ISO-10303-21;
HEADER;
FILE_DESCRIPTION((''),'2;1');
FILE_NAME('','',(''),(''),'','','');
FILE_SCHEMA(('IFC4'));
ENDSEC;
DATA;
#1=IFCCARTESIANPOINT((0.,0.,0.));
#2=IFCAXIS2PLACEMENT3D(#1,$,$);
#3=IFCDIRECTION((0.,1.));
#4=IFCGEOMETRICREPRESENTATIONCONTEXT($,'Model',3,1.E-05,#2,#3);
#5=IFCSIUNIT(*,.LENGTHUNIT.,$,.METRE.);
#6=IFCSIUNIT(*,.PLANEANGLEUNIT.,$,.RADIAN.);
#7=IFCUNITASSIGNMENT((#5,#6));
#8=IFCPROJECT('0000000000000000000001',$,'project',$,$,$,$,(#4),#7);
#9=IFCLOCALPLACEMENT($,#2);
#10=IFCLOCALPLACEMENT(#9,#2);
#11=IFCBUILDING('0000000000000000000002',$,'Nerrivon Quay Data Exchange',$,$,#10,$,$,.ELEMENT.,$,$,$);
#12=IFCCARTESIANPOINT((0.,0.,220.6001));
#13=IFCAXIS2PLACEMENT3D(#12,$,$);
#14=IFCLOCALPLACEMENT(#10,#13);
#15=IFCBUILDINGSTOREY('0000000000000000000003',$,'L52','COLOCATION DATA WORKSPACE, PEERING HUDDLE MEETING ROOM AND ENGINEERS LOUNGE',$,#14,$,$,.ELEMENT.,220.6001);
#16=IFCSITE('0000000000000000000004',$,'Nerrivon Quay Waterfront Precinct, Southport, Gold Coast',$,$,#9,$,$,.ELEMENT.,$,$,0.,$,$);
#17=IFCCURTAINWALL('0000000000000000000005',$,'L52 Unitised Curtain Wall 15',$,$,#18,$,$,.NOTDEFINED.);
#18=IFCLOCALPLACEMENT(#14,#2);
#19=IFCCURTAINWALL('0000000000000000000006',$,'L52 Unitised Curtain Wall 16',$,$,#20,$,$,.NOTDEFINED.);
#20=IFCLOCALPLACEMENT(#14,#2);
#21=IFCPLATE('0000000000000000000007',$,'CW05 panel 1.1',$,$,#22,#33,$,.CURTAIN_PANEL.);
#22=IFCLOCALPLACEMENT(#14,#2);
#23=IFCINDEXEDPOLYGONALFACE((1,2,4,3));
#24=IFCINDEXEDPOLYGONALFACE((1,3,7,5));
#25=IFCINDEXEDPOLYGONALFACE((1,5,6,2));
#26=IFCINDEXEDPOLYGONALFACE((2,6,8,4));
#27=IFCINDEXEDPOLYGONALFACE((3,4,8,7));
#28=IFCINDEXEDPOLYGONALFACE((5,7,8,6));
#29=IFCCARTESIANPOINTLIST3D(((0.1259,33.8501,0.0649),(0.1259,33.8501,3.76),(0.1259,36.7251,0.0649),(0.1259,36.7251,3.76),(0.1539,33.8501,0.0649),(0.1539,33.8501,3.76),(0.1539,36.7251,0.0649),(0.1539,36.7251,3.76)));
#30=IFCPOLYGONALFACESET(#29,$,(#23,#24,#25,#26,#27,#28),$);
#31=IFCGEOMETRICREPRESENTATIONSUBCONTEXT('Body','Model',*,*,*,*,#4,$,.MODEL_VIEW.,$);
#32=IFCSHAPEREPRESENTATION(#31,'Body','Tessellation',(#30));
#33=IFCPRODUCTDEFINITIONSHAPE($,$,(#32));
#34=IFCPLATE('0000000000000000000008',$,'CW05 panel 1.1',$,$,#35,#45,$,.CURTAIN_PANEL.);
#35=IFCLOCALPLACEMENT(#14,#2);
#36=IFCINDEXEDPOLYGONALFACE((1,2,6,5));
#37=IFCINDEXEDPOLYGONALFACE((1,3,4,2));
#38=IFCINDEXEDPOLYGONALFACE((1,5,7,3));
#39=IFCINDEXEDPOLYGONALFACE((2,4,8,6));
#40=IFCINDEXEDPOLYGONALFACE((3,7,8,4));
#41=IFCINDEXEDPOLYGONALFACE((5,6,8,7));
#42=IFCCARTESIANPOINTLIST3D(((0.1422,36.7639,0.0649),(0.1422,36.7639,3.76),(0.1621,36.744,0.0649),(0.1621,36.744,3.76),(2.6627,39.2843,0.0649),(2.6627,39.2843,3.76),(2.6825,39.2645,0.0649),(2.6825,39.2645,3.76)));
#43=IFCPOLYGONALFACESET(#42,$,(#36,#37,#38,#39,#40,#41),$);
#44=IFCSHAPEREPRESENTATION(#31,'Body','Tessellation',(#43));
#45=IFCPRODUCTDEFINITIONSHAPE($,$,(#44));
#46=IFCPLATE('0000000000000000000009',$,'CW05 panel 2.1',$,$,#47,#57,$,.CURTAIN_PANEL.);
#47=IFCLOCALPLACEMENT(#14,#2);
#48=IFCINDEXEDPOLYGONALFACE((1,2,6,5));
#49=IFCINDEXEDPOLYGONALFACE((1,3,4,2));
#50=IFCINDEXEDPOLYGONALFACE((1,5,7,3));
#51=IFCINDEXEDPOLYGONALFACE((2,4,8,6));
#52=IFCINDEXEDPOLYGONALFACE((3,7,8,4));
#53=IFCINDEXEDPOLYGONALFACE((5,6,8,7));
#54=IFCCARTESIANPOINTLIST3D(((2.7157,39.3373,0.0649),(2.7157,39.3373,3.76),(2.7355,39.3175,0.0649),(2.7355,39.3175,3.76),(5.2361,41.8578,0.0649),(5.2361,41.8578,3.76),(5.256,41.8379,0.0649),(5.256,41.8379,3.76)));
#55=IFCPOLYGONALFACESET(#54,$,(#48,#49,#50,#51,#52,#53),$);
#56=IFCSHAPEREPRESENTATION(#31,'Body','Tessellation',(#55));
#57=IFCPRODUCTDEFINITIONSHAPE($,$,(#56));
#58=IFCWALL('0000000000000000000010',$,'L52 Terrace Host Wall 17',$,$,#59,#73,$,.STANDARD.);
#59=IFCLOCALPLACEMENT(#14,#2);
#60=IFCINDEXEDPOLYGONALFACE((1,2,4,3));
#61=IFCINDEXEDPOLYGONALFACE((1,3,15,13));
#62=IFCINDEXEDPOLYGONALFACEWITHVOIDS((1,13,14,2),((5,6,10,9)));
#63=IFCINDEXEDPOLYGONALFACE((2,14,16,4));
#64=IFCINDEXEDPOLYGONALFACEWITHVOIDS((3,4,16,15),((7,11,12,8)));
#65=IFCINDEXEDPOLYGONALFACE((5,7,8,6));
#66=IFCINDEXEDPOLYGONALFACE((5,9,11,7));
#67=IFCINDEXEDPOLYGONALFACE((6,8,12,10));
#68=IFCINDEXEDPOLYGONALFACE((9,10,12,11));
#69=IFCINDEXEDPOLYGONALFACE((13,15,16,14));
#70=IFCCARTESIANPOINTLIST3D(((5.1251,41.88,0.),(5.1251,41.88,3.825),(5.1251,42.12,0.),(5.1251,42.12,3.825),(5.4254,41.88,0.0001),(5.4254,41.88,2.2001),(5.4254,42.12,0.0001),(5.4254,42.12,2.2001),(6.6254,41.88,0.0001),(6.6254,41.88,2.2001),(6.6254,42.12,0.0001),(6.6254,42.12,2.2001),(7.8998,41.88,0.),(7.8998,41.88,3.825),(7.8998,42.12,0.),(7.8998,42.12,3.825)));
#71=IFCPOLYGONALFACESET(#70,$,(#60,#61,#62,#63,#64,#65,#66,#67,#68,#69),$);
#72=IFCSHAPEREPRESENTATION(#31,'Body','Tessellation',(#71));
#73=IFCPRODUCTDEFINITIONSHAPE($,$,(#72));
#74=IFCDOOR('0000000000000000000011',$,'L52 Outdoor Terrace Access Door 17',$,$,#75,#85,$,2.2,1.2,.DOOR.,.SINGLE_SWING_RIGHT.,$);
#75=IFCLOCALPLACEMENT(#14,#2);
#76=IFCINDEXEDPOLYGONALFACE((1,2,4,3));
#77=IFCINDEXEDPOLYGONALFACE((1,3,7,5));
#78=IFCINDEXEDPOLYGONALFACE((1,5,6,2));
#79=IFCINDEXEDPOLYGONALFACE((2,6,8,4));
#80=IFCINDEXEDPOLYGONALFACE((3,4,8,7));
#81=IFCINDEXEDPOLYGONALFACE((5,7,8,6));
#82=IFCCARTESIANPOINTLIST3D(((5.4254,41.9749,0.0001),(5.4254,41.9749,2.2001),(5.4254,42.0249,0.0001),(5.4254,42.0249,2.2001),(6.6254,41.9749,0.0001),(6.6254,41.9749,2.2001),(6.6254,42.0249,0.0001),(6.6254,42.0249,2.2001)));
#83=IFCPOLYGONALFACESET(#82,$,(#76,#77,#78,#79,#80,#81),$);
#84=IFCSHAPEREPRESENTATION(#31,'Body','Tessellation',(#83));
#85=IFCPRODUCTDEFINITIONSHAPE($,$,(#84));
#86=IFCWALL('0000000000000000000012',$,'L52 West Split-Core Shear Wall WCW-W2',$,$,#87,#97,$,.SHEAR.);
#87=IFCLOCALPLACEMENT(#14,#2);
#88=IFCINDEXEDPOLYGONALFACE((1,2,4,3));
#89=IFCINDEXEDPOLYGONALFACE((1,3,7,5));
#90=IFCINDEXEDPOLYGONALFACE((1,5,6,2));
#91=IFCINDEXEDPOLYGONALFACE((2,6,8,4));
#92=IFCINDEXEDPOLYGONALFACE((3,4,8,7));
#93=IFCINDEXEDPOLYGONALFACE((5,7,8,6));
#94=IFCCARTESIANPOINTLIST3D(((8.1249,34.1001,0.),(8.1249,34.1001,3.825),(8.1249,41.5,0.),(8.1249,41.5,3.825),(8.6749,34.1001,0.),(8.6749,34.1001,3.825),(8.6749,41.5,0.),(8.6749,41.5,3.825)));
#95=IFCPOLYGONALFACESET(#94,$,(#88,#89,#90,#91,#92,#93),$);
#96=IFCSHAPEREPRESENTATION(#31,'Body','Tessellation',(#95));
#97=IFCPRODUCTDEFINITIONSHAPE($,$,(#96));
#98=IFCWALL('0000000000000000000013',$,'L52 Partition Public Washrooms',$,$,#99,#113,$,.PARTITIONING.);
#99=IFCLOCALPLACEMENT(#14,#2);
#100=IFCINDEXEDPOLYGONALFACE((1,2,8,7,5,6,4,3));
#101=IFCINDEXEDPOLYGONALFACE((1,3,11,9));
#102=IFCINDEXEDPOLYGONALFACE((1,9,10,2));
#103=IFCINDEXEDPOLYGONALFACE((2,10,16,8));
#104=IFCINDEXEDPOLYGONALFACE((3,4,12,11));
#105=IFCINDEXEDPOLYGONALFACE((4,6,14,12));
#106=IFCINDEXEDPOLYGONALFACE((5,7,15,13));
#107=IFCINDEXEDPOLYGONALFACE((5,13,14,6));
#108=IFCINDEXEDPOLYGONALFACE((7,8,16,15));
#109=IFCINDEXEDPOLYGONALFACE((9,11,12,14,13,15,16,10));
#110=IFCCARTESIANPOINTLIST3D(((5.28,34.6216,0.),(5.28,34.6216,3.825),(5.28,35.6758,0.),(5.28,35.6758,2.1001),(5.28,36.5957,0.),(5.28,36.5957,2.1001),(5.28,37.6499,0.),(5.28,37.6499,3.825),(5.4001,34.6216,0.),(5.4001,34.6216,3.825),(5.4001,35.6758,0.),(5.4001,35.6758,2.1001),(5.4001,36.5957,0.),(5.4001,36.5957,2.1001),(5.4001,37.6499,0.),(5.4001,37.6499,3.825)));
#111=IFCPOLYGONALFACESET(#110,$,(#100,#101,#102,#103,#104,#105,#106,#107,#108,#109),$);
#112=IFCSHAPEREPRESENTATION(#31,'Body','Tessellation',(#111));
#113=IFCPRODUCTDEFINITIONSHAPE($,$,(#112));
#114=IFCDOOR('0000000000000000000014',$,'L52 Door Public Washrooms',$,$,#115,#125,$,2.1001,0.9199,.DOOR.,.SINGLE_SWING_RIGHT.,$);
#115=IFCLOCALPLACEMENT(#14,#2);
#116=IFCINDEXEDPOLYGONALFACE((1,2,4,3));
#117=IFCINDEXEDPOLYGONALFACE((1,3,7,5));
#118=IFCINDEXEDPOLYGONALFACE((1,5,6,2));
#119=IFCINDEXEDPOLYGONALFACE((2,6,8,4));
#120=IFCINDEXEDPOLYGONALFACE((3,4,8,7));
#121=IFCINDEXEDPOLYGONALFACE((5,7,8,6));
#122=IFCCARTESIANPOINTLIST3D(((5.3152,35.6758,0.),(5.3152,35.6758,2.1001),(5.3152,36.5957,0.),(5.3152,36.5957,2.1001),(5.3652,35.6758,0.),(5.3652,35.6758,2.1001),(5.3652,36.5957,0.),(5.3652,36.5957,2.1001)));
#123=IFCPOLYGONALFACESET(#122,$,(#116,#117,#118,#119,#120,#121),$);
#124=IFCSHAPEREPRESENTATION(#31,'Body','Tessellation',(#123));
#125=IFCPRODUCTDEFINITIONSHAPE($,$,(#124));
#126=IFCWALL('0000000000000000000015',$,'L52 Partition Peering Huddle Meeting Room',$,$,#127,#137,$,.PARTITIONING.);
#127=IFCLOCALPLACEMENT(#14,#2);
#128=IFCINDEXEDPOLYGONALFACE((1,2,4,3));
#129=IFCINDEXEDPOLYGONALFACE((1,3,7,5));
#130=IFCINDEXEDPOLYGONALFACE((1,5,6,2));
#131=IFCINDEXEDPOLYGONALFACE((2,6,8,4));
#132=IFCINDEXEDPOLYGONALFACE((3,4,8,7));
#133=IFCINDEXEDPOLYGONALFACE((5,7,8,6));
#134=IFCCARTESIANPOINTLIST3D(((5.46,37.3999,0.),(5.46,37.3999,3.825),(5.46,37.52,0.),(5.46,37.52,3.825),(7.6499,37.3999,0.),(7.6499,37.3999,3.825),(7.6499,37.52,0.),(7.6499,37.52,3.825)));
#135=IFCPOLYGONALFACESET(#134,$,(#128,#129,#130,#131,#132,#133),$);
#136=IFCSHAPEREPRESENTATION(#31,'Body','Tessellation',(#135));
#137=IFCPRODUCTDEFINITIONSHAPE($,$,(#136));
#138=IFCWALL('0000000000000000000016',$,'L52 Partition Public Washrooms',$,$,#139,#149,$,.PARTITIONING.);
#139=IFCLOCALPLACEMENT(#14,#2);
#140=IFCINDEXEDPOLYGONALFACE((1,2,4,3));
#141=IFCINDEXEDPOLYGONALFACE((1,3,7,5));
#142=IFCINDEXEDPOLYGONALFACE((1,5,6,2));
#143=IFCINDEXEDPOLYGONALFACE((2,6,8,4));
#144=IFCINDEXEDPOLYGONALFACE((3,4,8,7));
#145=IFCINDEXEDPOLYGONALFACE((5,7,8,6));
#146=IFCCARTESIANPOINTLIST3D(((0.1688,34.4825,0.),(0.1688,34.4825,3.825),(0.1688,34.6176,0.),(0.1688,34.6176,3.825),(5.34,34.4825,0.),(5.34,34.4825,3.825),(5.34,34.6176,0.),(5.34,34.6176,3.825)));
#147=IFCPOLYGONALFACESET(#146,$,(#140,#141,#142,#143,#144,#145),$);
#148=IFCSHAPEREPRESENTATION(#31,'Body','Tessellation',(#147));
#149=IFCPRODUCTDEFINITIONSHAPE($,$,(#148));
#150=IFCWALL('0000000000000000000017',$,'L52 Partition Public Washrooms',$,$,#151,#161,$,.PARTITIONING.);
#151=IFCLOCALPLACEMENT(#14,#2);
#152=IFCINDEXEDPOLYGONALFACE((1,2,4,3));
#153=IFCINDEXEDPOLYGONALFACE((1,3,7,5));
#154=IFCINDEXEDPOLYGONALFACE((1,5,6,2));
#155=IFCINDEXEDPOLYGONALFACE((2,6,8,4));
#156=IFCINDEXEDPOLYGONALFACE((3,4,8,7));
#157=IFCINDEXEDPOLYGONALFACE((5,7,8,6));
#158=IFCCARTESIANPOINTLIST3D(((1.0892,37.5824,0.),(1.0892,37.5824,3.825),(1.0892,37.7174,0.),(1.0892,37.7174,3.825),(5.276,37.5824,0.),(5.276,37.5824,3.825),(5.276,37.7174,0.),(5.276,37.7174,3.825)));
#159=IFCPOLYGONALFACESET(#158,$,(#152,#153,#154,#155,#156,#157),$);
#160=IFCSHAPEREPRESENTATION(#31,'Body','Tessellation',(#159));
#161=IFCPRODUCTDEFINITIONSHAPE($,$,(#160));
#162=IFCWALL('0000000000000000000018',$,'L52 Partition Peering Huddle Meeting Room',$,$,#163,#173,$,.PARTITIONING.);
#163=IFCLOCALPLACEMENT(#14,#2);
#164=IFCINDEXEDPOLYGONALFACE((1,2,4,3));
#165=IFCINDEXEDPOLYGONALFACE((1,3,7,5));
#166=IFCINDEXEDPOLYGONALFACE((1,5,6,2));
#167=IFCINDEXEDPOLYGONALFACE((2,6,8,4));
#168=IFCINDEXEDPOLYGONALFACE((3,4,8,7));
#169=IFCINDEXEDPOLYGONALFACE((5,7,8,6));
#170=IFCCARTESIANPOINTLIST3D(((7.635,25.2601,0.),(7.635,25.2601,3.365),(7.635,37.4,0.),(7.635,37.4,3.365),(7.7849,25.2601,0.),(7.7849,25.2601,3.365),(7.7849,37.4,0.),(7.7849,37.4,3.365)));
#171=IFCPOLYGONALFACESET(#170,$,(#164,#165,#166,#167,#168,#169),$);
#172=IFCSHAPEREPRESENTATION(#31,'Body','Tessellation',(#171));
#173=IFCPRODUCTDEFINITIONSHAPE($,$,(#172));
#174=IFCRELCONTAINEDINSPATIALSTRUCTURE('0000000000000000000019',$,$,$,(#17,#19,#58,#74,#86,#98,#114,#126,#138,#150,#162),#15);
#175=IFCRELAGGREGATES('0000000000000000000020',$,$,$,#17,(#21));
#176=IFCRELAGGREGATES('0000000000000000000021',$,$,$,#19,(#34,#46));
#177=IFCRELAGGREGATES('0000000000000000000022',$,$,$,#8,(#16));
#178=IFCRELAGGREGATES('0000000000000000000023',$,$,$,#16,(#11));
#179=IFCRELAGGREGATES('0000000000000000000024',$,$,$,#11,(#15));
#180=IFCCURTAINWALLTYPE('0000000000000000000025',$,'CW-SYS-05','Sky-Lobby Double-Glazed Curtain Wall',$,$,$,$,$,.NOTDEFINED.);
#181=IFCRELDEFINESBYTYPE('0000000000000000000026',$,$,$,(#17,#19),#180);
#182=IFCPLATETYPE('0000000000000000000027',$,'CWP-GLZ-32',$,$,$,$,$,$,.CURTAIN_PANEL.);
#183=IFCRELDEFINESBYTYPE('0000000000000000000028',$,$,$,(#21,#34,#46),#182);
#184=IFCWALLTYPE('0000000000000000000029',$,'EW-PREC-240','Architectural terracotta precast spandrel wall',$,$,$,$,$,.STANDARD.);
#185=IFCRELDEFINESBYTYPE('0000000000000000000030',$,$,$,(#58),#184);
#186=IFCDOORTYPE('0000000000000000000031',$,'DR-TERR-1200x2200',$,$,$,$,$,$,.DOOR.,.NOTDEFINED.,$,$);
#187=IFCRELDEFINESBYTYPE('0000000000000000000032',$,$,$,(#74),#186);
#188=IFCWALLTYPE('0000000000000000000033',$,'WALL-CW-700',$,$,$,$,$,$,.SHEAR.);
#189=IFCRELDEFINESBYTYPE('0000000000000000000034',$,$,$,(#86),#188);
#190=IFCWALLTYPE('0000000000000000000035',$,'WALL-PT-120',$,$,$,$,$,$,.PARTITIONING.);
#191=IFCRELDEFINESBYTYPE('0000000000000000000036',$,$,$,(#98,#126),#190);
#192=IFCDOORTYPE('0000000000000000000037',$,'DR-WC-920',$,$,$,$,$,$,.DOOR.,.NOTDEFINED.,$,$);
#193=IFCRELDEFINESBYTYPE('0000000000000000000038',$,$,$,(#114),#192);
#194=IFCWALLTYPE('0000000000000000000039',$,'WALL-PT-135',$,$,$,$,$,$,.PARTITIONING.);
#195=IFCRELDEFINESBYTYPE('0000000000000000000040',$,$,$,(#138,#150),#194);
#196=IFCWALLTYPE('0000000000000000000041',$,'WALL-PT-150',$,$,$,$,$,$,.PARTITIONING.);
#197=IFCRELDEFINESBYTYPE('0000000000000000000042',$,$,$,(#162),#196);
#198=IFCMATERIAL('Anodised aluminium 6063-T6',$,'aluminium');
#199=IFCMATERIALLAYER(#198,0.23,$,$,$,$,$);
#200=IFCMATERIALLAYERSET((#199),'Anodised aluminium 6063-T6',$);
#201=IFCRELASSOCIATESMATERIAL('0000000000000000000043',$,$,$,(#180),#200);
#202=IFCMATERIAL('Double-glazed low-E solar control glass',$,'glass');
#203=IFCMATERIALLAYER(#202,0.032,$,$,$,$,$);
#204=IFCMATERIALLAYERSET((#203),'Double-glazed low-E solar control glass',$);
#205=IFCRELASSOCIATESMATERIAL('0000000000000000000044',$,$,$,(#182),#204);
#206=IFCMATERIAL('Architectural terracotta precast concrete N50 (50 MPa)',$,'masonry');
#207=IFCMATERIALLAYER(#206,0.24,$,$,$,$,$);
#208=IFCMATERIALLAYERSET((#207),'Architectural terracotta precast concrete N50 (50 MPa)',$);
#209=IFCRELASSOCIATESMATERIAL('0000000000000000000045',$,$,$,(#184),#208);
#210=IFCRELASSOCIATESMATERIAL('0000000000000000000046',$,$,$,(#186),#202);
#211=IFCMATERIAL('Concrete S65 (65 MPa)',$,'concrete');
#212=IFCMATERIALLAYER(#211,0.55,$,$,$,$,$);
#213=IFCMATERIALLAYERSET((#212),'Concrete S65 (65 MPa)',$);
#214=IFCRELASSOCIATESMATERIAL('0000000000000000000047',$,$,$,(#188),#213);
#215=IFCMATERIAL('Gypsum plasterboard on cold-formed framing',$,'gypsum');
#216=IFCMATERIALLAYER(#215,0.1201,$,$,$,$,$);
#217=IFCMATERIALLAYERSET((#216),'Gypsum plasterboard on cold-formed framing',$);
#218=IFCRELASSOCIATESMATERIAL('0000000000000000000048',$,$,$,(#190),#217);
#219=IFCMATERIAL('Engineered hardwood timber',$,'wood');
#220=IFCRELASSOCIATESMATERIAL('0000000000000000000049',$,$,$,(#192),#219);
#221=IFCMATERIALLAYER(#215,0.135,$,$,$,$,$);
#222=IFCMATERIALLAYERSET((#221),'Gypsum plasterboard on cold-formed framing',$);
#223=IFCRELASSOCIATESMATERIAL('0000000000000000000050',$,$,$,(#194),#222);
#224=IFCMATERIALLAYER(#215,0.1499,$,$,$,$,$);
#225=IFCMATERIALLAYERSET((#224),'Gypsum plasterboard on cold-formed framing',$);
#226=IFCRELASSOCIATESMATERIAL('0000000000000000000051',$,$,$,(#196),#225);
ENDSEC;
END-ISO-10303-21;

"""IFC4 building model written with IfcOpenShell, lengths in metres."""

from ifc_helpers import new_model, si_unit, direction, frame, frame_2d, origin, origin_2d, place, context, subcontext, project, spatial, rectangle, extrude, material, layer, layer_set, type_object, element, fill, aggregate, save


model = new_model("IFC4")

# Units and contexts
model_context = context("Model", 3, precision=1e-05, world=origin(), true_north=direction((0.0, 1.0)))
body_context = subcontext(model_context, "Body", "Model", "MODEL_VIEW")
ifc_project = project(units=[si_unit("LENGTHUNIT", "METRE"), si_unit("PLANEANGLEUNIT", "RADIAN")], contexts=[model_context])

# Site, building, storey
site_placement = place(None, origin())
site = spatial("IfcSite", under=ifc_project, at=site_placement, Name="Nerrivon Quay Waterfront Precinct, Southport, Gold Coast", CompositionType="ELEMENT", RefElevation=0.0)
building_placement = place(site_placement, origin())
building = spatial("IfcBuilding", under=site, at=building_placement, Name="Nerrivon Quay Data Exchange", CompositionType="ELEMENT")
storey_placement = place(building_placement, frame((0.0, 0.0, 220.6001)))
storey = spatial("IfcBuildingStorey", under=building, at=storey_placement, Name="L52", Description="COLOCATION DATA WORKSPACE, PEERING HUDDLE MEETING ROOM AND ENGINEERS LOUNGE", CompositionType="ELEMENT", Elevation=220.6001)

# Curtain wall
ifc_material_1 = material(Name="Anodised aluminium 6063-T6", Category="aluminium")
ifc_layer_1 = layer(ifc_material_1, 0.23)
ifc_layer_set_1 = layer_set([ifc_layer_1], Name="Anodised aluminium 6063-T6")
curtain_wall_type = type_object("IfcCurtainWallType", Name="CW-SYS-05", Description="Sky-Lobby Double-Glazed Curtain Wall", PredefinedType="NOTDEFINED", material=ifc_layer_set_1)
curtain_wall_1_placement = place(storey_placement, origin())
curtain_wall_1 = element("IfcCurtainWall", 1, at=curtain_wall_1_placement, inside=storey, type_object=curtain_wall_type, Name="L52 Unitised Curtain Wall 15", PredefinedType="NOTDEFINED")

# Curtain wall
curtain_wall_2_placement = place(storey_placement, origin())
curtain_wall_2 = element("IfcCurtainWall", 2, at=curtain_wall_2_placement, inside=storey, type_object=curtain_wall_type, Name="L52 Unitised Curtain Wall 16", PredefinedType="NOTDEFINED")

# Plates
ifc_material_2 = material(Name="Double-glazed low-E solar control glass", Category="glass")
ifc_layer_2 = layer(ifc_material_2, 0.032)
ifc_layer_set_2 = layer_set([ifc_layer_2], Name="Double-glazed low-E solar control glass")
plate_type = type_object("IfcPlateType", Name="CWP-GLZ-32", PredefinedType="CURTAIN_PANEL", material=ifc_layer_set_2)
plate_1_placement = place(storey_placement, frame((0.1399, 35.2876, 0.0649), z_axis=(0.0, 0.0, 1.0), x_axis=(0.0, 1.0, 0.0)))
plate_1 = element("IfcPlate", 3, at=plate_1_placement, type_object=plate_type, Name="CW05 panel 1.1", PredefinedType="CURTAIN_PANEL", context=body_context, shape_type="SweptSolid", body=[
    extrude(rectangle(XDim=2.875, YDim=0.0281, at=origin_2d()), origin(), (0.0, 0.0, 1.0), 3.6951),
])
aggregate(curtain_wall_1, [plate_1])
plate_2_placement = place(storey_placement, frame((1.4124, 38.0142, 0.0649), z_axis=(0.0, 0.0, 1.0), x_axis=(0.707107, 0.707107, 0.0)))
plate_2 = element("IfcPlate", 4, at=plate_2_placement, type_object=plate_type, Name="CW05 panel 1.1", PredefinedType="CURTAIN_PANEL", context=body_context, shape_type="SweptSolid", body=[
    extrude(rectangle(XDim=3.5645, YDim=0.0281, at=origin_2d()), origin(), (0.0, 0.0, 1.0), 3.6951),
])
plate_3_placement = place(storey_placement, frame((3.9858, 40.5876, 0.0649), z_axis=(0.0, 0.0, 1.0), x_axis=(0.707107, 0.707107, 0.0)))
plate_3 = element("IfcPlate", 5, at=plate_3_placement, type_object=plate_type, Name="CW05 panel 2.1", PredefinedType="CURTAIN_PANEL", context=body_context, shape_type="SweptSolid", body=[
    extrude(rectangle(XDim=3.5645, YDim=0.0281, at=origin_2d()), origin(), (0.0, 0.0, 1.0), 3.6951),
])
aggregate(curtain_wall_2, [plate_2, plate_3])

# Wall, opening, door
ifc_material_3 = material(Name="Architectural terracotta precast concrete N50 (50 MPa)", Category="masonry")
ifc_layer_3 = layer(ifc_material_3, 0.24)
ifc_layer_set_3 = layer_set([ifc_layer_3], Name="Architectural terracotta precast concrete N50 (50 MPa)")
wall_type_1 = type_object("IfcWallType", Name="EW-PREC-240", Description="Architectural terracotta precast spandrel wall", PredefinedType="STANDARD", material=ifc_layer_set_3)
wall_1_placement = place(storey_placement, frame((5.1252, 42.0, 0.0), z_axis=(0.0, 0.0, 1.0), x_axis=(1.0, 0.0, 0.0)))
wall_1 = element("IfcWall", 6, at=wall_1_placement, inside=storey, type_object=wall_type_1, Name="L52 Terrace Host Wall 17", PredefinedType="STANDARD", context=body_context, shape_type="SweptSolid", body=[
    extrude(rectangle(XDim=2.7747, YDim=0.24, at=frame_2d((1.3872, 0.0))), origin(), (0.0, 0.0, 1.0), 3.825),
])
opening_1_placement = place(wall_1_placement, frame((0.3, 0.0, 0.0)))
opening_1 = element("IfcOpeningElement", 7, at=opening_1_placement, cuts=wall_1, PredefinedType="OPENING", context=body_context, shape_type="SweptSolid", body=[
    extrude(rectangle(XDim=1.2, YDim=2.2, at=frame_2d((0.6001, 1.1001))), frame((0.0, 0.1299, 0.0), z_axis=(0.0, -1.0, 0.0), x_axis=(1.0, 0.0, 0.0)), (0.0, 0.0, 1.0), 0.26),
])
door_type_1 = type_object("IfcDoorType", Name="DR-TERR-1200x2200", OperationType="NOTDEFINED", PredefinedType="DOOR", material=ifc_material_2)
door_1_placement = place(opening_1_placement, origin())
door_1 = element("IfcDoor", 8, at=door_1_placement, inside=storey, type_object=door_type_1, Name="L52 Outdoor Terrace Access Door 17", OperationType="SINGLE_SWING_RIGHT", OverallHeight=2.2, OverallWidth=1.2, PredefinedType="DOOR", context=body_context, shape_type="SweptSolid", body=[
    extrude(rectangle(XDim=1.2, YDim=2.2, at=frame_2d((0.6001, 1.1001))), frame((0.0, 0.0249, 0.0), z_axis=(0.0, -1.0, 0.0), x_axis=(1.0, 0.0, 0.0)), (0.0, 0.0, 1.0), 0.05),
])
fill(opening_1, door_1)

# Wall
ifc_material_4 = material(Name="Concrete S65 (65 MPa)", Category="concrete")
ifc_layer_4 = layer(ifc_material_4, 0.55)
ifc_layer_set_4 = layer_set([ifc_layer_4], Name="Concrete S65 (65 MPa)")
wall_type_2 = type_object("IfcWallType", Name="WALL-CW-700", PredefinedType="SHEAR", material=ifc_layer_set_4)
wall_2_placement = place(storey_placement, frame((8.3999, 34.1001, 0.0), z_axis=(0.0, 0.0, 1.0), x_axis=(0.0, 1.0, 0.0)))
element("IfcWall", 9, at=wall_2_placement, inside=storey, type_object=wall_type_2, Name="L52 West Split-Core Shear Wall WCW-W2", PredefinedType="SHEAR", context=body_context, shape_type="SweptSolid", body=[
    extrude(rectangle(XDim=7.3999, YDim=0.55, at=frame_2d((3.7, 0.0))), origin(), (0.0, 0.0, 1.0), 3.825),
])

# Wall, opening, door
ifc_material_5 = material(Name="Gypsum plasterboard on cold-formed framing", Category="gypsum")
ifc_layer_5 = layer(ifc_material_5, 0.1201)
ifc_layer_set_5 = layer_set([ifc_layer_5], Name="Gypsum plasterboard on cold-formed framing")
wall_type_3 = type_object("IfcWallType", Name="WALL-PT-120", PredefinedType="PARTITIONING", material=ifc_layer_set_5)
wall_3_placement = place(storey_placement, frame((5.3401, 34.6216, 0.0), z_axis=(0.0, 0.0, 1.0), x_axis=(0.0, 1.0, 0.0)))
wall_3 = element("IfcWall", 10, at=wall_3_placement, inside=storey, type_object=wall_type_3, Name="L52 Partition Public Washrooms", PredefinedType="PARTITIONING", context=body_context, shape_type="SweptSolid", body=[
    extrude(rectangle(XDim=3.0283, YDim=0.1201, at=frame_2d((1.5142, 0.0))), origin(), (0.0, 0.0, 1.0), 3.825),
])
opening_2_placement = place(wall_3_placement, frame((1.0542, 0.0, 0.0)))
opening_2 = element("IfcOpeningElement", 11, at=opening_2_placement, cuts=wall_3, PredefinedType="OPENING", context=body_context, shape_type="SweptSolid", body=[
    extrude(rectangle(XDim=0.9199, YDim=2.1001, at=frame_2d((0.46, 1.05))), frame((0.0, 0.0701, 0.0), z_axis=(0.0, -1.0, 0.0), x_axis=(1.0, 0.0, 0.0)), (0.0, 0.0, 1.0), 0.1401),
])
ifc_material_6 = material(Name="Engineered hardwood timber", Category="wood")
door_type_2 = type_object("IfcDoorType", Name="DR-WC-920", OperationType="NOTDEFINED", PredefinedType="DOOR", material=ifc_material_6)
door_2_placement = place(opening_2_placement, origin())
door_2 = element("IfcDoor", 12, at=door_2_placement, inside=storey, type_object=door_type_2, Name="L52 Door Public Washrooms", OperationType="SINGLE_SWING_RIGHT", OverallHeight=2.1001, OverallWidth=0.9199, PredefinedType="DOOR", context=body_context, shape_type="SweptSolid", body=[
    extrude(rectangle(XDim=0.9199, YDim=2.1001, at=frame_2d((0.46, 1.05))), frame((0.0, 0.0249, 0.0), z_axis=(0.0, -1.0, 0.0), x_axis=(1.0, 0.0, 0.0)), (0.0, 0.0, 1.0), 0.05),
])
fill(opening_2, door_2)

# Walls
wall_4_placement = place(storey_placement, frame((5.46, 37.46, 0.0), z_axis=(0.0, 0.0, 1.0), x_axis=(1.0, 0.0, 0.0)))
element("IfcWall", 13, at=wall_4_placement, inside=storey, type_object=wall_type_3, Name="L52 Partition Peering Huddle Meeting Room", PredefinedType="PARTITIONING", context=body_context, shape_type="SweptSolid", body=[
    extrude(rectangle(XDim=2.1899, YDim=0.1201, at=frame_2d((1.095, 0.0))), origin(), (0.0, 0.0, 1.0), 3.825),
])
ifc_layer_6 = layer(ifc_material_5, 0.135)
ifc_layer_set_6 = layer_set([ifc_layer_6], Name="Gypsum plasterboard on cold-formed framing")
wall_type_4 = type_object("IfcWallType", Name="WALL-PT-135", PredefinedType="PARTITIONING", material=ifc_layer_set_6)
wall_5_placement = place(storey_placement, frame((0.1689, 34.55, 0.0), z_axis=(0.0, 0.0, 1.0), x_axis=(1.0, 0.0, 0.0)))
element("IfcWall", 14, at=wall_5_placement, inside=storey, type_object=wall_type_4, Name="L52 Partition Public Washrooms", PredefinedType="PARTITIONING", context=body_context, shape_type="SweptSolid", body=[
    extrude(rectangle(XDim=5.1711, YDim=0.135, at=frame_2d((2.5854, 0.0))), origin(), (0.0, 0.0, 1.0), 3.825),
])
wall_6_placement = place(storey_placement, frame((5.2759, 37.6499, 0.0), z_axis=(0.0, 0.0, 1.0), x_axis=(-1.0, 0.0, 0.0)))
element("IfcWall", 15, at=wall_6_placement, inside=storey, type_object=wall_type_4, Name="L52 Partition Public Washrooms", PredefinedType="PARTITIONING", context=body_context, shape_type="SweptSolid", body=[
    extrude(rectangle(XDim=4.1868, YDim=0.135, at=frame_2d((2.0933, 0.0))), origin(), (0.0, 0.0, 1.0), 3.825),
])
ifc_layer_7 = layer(ifc_material_5, 0.1499)
ifc_layer_set_7 = layer_set([ifc_layer_7], Name="Gypsum plasterboard on cold-formed framing")
wall_type_5 = type_object("IfcWallType", Name="WALL-PT-150", PredefinedType="PARTITIONING", material=ifc_layer_set_7)
wall_7_placement = place(storey_placement, frame((7.71, 37.3999, 0.0), z_axis=(0.0, 0.0, 1.0), x_axis=(0.0, -1.0, 0.0)))
element("IfcWall", 16, at=wall_7_placement, inside=storey, type_object=wall_type_5, Name="L52 Partition Peering Huddle Meeting Room", PredefinedType="PARTITIONING", context=body_context, shape_type="SweptSolid", body=[
    extrude(rectangle(XDim=12.1399, YDim=0.1499, at=frame_2d((6.0698, 0.0))), origin(), (0.0, 0.0, 1.0), 3.365),
])

save(model, "model.ifc")
